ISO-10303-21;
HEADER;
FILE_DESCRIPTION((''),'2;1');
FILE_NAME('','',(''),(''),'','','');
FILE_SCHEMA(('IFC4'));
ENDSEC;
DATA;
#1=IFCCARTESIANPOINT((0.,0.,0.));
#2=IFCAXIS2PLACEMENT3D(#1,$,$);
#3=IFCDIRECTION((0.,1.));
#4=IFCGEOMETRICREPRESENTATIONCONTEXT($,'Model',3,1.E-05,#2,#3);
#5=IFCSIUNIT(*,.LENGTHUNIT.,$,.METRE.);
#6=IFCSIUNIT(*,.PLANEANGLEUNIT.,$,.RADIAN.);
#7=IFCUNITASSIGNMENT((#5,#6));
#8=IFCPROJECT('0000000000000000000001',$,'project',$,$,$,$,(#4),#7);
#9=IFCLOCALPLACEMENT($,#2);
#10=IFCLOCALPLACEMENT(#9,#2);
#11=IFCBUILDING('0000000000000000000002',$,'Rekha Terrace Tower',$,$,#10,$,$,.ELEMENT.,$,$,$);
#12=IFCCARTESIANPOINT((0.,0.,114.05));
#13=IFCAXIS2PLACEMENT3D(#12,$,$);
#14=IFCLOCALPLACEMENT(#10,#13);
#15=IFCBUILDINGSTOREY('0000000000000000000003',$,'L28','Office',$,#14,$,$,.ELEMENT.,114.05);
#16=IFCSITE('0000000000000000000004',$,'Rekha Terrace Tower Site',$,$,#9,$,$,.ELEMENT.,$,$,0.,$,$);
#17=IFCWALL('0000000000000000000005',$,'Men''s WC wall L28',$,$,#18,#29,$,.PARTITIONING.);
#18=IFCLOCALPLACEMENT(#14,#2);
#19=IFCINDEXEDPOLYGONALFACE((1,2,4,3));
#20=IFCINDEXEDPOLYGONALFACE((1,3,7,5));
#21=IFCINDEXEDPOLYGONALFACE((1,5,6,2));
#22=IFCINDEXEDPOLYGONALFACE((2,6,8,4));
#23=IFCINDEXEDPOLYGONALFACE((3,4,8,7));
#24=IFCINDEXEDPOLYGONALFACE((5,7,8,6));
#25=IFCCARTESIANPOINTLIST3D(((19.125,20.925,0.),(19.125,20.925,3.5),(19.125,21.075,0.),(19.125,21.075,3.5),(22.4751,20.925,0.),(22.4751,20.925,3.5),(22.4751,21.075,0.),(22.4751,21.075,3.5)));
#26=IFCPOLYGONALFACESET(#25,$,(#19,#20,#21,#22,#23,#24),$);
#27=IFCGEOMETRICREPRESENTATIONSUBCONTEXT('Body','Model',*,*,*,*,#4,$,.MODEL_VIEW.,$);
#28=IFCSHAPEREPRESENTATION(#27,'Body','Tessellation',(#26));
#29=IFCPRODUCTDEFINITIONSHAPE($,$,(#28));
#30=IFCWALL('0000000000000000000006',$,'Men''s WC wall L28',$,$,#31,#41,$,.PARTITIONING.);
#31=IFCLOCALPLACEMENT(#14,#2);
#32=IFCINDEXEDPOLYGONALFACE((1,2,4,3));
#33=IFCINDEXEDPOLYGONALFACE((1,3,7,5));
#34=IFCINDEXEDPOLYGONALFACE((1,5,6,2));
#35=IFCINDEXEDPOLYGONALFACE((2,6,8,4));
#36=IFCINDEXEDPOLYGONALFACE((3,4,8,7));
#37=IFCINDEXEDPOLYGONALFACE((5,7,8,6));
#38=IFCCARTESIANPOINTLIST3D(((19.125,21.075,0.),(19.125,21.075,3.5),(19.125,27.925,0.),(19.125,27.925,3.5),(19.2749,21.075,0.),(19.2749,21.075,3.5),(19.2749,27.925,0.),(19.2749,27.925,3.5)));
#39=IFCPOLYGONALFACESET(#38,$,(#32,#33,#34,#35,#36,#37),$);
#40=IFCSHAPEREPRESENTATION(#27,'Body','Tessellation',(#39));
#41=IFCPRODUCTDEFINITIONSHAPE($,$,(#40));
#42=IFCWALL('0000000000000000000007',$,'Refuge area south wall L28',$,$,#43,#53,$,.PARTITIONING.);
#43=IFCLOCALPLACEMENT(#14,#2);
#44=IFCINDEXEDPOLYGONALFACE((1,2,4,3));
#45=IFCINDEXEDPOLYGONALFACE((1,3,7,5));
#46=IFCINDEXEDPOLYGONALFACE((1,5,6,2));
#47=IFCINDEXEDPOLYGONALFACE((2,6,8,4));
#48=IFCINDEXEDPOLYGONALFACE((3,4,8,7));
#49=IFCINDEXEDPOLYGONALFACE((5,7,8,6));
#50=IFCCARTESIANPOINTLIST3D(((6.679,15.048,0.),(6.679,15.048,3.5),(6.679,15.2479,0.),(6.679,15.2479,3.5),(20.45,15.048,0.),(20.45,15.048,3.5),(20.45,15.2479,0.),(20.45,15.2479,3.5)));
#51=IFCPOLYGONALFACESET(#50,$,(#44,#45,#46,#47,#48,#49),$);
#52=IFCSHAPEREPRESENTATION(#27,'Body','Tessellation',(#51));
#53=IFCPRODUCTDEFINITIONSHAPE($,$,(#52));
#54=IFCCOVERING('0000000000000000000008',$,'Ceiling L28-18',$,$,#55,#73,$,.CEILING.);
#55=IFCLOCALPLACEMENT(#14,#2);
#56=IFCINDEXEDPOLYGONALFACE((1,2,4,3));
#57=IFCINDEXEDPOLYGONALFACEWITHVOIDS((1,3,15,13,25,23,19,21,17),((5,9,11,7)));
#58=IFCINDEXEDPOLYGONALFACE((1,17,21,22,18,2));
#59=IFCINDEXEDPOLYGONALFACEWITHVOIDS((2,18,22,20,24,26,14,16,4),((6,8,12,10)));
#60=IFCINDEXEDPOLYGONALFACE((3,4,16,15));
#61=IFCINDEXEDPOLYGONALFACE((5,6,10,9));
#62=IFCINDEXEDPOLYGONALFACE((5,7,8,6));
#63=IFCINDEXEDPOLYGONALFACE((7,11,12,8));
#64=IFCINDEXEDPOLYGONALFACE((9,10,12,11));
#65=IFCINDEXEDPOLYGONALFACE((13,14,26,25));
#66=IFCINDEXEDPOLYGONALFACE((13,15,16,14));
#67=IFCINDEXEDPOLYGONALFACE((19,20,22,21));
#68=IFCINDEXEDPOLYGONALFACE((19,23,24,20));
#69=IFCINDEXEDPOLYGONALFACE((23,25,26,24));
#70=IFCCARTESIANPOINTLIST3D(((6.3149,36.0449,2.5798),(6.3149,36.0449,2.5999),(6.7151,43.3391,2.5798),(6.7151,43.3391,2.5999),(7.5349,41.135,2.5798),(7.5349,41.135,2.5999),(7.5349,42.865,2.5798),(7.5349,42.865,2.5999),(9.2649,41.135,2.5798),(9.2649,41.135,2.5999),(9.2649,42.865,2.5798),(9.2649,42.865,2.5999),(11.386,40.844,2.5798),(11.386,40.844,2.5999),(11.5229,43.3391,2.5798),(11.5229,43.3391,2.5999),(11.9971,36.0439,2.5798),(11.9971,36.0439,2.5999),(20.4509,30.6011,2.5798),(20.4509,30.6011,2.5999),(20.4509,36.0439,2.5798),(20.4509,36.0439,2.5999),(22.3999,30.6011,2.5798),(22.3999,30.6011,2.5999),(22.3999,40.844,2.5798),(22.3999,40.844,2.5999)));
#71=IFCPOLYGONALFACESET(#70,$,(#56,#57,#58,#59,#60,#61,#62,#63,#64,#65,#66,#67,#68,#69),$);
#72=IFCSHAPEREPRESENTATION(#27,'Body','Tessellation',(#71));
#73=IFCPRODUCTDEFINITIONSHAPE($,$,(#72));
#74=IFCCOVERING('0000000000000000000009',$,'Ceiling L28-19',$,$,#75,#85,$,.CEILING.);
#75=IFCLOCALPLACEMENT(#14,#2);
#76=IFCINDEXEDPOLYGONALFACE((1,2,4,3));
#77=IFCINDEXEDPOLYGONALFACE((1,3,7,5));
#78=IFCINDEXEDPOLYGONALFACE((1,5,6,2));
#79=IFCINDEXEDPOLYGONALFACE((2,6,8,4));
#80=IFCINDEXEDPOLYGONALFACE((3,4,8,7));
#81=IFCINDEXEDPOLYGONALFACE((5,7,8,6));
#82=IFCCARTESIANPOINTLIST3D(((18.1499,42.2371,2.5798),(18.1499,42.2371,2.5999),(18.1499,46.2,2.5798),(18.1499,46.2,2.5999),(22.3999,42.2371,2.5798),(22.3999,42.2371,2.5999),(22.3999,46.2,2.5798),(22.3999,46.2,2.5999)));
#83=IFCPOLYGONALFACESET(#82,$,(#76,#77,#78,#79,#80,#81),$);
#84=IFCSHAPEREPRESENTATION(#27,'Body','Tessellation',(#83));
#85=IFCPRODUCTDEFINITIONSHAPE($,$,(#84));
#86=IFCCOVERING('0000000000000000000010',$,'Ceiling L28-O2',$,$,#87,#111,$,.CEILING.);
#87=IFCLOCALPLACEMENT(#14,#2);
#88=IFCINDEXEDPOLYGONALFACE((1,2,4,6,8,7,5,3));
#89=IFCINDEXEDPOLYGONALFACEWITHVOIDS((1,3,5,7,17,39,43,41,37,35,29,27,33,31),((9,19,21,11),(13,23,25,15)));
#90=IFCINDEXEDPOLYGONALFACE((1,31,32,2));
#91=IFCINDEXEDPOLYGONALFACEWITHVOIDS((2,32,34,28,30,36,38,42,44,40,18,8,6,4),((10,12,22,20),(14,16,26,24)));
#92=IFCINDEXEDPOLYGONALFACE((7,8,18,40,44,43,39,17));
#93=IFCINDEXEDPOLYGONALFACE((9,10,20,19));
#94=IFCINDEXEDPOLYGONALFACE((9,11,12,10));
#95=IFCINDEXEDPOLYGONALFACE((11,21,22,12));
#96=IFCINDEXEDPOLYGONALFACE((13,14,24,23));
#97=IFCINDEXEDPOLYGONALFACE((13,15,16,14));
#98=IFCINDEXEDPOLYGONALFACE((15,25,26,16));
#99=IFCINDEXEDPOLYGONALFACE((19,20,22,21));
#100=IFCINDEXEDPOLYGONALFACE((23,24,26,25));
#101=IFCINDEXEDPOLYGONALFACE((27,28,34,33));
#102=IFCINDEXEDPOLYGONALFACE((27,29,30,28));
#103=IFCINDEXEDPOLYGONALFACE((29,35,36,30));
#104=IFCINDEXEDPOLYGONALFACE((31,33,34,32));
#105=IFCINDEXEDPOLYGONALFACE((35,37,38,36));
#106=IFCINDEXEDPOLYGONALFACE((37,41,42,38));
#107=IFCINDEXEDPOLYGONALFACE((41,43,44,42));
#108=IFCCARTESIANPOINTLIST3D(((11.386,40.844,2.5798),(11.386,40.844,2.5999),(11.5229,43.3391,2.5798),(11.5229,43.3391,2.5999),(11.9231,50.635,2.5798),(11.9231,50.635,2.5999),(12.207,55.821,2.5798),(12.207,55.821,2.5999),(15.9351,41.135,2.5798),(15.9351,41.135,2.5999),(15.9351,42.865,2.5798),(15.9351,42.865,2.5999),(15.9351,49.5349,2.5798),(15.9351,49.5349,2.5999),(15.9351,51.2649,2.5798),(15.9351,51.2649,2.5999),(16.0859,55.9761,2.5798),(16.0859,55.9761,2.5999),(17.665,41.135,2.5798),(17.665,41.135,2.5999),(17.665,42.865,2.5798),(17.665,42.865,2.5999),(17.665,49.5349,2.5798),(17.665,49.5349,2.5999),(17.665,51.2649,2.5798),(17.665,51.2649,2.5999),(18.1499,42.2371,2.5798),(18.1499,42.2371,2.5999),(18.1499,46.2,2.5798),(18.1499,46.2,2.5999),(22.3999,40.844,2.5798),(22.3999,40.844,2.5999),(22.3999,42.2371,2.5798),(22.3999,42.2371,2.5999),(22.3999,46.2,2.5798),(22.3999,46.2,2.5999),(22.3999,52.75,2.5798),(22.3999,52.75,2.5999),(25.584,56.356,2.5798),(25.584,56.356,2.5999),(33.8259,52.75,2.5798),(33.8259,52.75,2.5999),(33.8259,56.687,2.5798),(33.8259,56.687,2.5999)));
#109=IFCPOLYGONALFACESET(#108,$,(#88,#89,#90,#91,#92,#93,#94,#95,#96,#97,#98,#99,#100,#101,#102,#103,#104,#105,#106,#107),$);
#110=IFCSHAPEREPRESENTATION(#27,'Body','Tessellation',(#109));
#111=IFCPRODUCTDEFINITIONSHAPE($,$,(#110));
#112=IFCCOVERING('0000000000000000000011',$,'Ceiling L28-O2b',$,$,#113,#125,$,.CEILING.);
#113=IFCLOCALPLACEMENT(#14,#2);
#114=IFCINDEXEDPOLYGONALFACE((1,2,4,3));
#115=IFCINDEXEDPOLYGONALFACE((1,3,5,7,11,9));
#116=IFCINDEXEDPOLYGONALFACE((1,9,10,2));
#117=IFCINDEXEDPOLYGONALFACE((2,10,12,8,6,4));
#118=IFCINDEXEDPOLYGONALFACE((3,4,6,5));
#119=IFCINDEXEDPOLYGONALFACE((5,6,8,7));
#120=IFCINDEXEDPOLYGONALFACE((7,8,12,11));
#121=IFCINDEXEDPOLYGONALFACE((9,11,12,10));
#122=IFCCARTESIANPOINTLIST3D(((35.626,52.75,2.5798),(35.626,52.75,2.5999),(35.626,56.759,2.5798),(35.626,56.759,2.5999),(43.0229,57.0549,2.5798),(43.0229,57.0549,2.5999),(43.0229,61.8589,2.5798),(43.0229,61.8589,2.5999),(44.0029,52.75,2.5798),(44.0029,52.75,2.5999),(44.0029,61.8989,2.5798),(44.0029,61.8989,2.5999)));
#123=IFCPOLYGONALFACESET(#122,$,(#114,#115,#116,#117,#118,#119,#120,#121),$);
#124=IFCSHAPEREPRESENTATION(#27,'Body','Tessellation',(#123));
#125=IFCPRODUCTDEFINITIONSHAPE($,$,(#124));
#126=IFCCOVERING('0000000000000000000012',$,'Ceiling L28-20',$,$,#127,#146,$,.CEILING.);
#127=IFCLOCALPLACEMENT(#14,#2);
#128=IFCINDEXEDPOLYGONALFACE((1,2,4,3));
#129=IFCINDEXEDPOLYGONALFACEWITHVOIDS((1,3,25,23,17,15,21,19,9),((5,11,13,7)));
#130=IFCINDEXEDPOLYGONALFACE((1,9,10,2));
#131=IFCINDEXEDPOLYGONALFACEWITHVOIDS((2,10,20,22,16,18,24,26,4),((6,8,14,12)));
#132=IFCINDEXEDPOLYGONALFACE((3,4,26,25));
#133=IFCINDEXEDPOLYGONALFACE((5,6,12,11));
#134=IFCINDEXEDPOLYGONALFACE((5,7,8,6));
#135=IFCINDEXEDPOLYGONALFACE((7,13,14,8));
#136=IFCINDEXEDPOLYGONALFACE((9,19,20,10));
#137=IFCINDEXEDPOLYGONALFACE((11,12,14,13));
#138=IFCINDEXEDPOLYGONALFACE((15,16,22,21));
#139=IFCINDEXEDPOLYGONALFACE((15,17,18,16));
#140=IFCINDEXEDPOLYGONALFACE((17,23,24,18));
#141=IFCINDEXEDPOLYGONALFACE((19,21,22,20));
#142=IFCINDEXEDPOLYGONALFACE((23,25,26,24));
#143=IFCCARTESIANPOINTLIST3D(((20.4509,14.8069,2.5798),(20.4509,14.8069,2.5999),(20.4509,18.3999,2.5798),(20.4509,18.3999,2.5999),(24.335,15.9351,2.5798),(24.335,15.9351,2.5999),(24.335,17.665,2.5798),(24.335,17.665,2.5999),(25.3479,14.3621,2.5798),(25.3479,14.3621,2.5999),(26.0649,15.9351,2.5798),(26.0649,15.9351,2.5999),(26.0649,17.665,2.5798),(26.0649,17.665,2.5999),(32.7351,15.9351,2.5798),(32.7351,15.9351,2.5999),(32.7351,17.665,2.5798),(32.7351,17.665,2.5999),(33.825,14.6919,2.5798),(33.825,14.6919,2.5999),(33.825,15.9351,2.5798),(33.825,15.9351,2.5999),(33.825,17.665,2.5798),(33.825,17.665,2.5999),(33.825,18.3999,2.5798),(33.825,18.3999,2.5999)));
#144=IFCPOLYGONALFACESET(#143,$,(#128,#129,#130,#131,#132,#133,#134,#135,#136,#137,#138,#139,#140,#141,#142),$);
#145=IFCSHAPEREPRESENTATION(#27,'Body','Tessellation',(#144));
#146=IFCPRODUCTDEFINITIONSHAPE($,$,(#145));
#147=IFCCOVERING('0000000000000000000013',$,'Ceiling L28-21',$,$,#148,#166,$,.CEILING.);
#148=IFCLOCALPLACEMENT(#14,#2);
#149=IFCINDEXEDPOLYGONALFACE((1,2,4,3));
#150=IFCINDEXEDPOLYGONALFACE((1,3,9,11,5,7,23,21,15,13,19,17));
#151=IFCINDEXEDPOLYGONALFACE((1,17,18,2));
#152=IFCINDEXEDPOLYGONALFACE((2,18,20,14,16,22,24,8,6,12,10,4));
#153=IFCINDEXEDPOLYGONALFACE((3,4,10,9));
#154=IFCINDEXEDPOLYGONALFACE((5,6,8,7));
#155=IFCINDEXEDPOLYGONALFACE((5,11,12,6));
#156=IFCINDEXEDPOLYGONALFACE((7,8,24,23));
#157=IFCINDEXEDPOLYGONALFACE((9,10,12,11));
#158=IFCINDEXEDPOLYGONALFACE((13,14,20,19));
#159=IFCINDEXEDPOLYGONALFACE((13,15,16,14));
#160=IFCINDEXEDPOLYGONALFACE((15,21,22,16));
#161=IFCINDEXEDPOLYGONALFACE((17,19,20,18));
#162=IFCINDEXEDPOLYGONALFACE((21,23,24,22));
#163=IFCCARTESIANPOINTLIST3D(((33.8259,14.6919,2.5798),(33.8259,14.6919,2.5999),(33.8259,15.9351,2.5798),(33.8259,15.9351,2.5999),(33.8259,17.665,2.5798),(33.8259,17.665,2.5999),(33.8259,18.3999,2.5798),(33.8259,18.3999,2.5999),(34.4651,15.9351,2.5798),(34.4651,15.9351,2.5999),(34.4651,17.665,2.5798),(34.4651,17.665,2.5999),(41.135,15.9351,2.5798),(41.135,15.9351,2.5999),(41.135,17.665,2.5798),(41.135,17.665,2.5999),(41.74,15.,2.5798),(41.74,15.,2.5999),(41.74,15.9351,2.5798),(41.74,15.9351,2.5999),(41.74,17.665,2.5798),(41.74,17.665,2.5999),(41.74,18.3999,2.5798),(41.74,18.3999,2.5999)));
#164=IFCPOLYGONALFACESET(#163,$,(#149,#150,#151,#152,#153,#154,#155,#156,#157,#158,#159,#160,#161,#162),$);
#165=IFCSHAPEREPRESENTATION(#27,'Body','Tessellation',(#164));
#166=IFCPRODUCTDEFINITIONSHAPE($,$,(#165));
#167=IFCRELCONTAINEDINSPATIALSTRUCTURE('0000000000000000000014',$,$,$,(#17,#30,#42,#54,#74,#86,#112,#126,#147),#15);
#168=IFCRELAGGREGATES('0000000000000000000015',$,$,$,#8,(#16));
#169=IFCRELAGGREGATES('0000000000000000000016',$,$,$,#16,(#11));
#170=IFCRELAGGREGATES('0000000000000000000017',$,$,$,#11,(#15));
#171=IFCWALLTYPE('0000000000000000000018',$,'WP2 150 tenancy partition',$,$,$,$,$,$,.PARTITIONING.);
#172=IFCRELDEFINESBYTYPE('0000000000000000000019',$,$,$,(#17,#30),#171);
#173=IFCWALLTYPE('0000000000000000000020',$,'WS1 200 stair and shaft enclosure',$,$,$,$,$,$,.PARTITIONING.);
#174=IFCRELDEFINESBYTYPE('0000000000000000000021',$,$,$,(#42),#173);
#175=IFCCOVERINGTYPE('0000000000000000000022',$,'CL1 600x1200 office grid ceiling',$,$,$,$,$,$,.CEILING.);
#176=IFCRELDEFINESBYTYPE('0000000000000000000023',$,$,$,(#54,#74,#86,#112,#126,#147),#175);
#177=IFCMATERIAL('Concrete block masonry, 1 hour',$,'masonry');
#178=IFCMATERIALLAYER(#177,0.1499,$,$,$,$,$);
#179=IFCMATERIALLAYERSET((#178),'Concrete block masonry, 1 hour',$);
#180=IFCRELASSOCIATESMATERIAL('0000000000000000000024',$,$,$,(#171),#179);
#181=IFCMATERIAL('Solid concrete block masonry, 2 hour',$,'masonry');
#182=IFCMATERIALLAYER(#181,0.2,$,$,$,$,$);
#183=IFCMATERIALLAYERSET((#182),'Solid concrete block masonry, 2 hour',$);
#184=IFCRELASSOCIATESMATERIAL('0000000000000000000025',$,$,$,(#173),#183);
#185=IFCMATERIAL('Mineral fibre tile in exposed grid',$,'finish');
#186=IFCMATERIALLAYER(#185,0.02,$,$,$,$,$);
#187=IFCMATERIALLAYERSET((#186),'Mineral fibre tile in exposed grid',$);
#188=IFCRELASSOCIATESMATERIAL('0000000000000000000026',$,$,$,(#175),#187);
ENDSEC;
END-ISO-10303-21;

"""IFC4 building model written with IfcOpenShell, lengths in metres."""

from ifc_helpers import new_model, si_unit, direction, frame, frame_2d, origin, place, context, subcontext, project, spatial, polyline, rectangle, outline, extrude, material, layer, layer_set, type_object, element, save


model = new_model("IFC4")

# Units and contexts
model_context = context("Model", 3, precision=1e-05, world=origin(), true_north=direction((0.0, 1.0)))
body_context = subcontext(model_context, "Body", "Model", "MODEL_VIEW")
ifc_project = project(units=[si_unit("LENGTHUNIT", "METRE"), si_unit("PLANEANGLEUNIT", "RADIAN")], contexts=[model_context])

# Site, building, storey
site_placement = place(None, origin())
site = spatial("IfcSite", under=ifc_project, at=site_placement, Name="Rekha Terrace Tower Site", CompositionType="ELEMENT", RefElevation=0.0)
building_placement = place(site_placement, origin())
building = spatial("IfcBuilding", under=site, at=building_placement, Name="Rekha Terrace Tower", CompositionType="ELEMENT")
storey_placement = place(building_placement, frame((0.0, 0.0, 114.05)))
storey = spatial("IfcBuildingStorey", under=building, at=storey_placement, Name="L28", Description="Office", CompositionType="ELEMENT", Elevation=114.05)

# Walls
ifc_material_1 = material(Name="Concrete block masonry, 1 hour", Category="masonry")
ifc_layer_1 = layer(ifc_material_1, 0.1499)
ifc_layer_set_1 = layer_set([ifc_layer_1], Name="Concrete block masonry, 1 hour")
wall_type_1 = type_object("IfcWallType", Name="WP2 150 tenancy partition", PredefinedType="PARTITIONING", material=ifc_layer_set_1)
wall_1_placement = place(storey_placement, frame((19.125, 21.0, 0.0), z_axis=(0.0, 0.0, 1.0), x_axis=(1.0, 0.0, 0.0)))
element("IfcWall", 1, at=wall_1_placement, inside=storey, type_object=wall_type_1, Name="Men's WC wall L28", PredefinedType="PARTITIONING", context=body_context, shape_type="SweptSolid", body=[
    extrude(rectangle(XDim=3.3501, YDim=0.1499, at=frame_2d((1.675, 0.0))), origin(), (0.0, 0.0, 1.0), 3.5),
])
wall_2_placement = place(storey_placement, frame((19.2, 21.075, 0.0), z_axis=(0.0, 0.0, 1.0), x_axis=(0.0, 1.0, 0.0)))
element("IfcWall", 2, at=wall_2_placement, inside=storey, type_object=wall_type_1, Name="Men's WC wall L28", PredefinedType="PARTITIONING", context=body_context, shape_type="SweptSolid", body=[
    extrude(rectangle(XDim=6.8501, YDim=0.1499, at=frame_2d((3.425, 0.0))), origin(), (0.0, 0.0, 1.0), 3.5),
])
ifc_material_2 = material(Name="Solid concrete block masonry, 2 hour", Category="masonry")
ifc_layer_2 = layer(ifc_material_2, 0.2)
ifc_layer_set_2 = layer_set([ifc_layer_2], Name="Solid concrete block masonry, 2 hour")
wall_type_2 = type_object("IfcWallType", Name="WS1 200 stair and shaft enclosure", PredefinedType="PARTITIONING", material=ifc_layer_set_2)
wall_3_placement = place(storey_placement, frame((6.679, 15.1479, 0.0), z_axis=(0.0, 0.0, 1.0), x_axis=(1.0, 0.0, 0.0)))
element("IfcWall", 3, at=wall_3_placement, inside=storey, type_object=wall_type_2, Name="Refuge area south wall L28", PredefinedType="PARTITIONING", context=body_context, shape_type="SweptSolid", body=[
    extrude(rectangle(XDim=13.771, YDim=0.2, at=frame_2d((6.8855, 0.0))), origin(), (0.0, 0.0, 1.0), 3.5),
])

# Coverings
ifc_material_3 = material(Name="Mineral fibre tile in exposed grid", Category="finish")
ifc_layer_3 = layer(ifc_material_3, 0.02)
ifc_layer_set_3 = layer_set([ifc_layer_3], Name="Mineral fibre tile in exposed grid")
covering_type_1 = type_object("IfcCoveringType", Name="CL1 600x1200 office grid ceiling", PredefinedType="CEILING", material=ifc_layer_set_3)
covering_1_placement = place(storey_placement, frame((0.0, 0.0, 2.5798)))
element("IfcCovering", 4, at=covering_1_placement, inside=storey, type_object=covering_type_1, Name="Ceiling L28-18", PredefinedType="CEILING", context=body_context, shape_type="SweptSolid", body=[
    extrude(outline(polyline([(20.4509, 30.6011), (22.3999, 30.6011), (22.3999, 40.844), (11.386, 40.844), (11.5229, 43.3391), (6.7151, 43.3391), (6.3149, 36.0449), (11.9971, 36.0439), (20.4509, 36.0439), (20.4509, 30.6011)]), holes=[polyline([(9.2649, 41.135), (7.5349, 41.135), (7.5349, 42.865), (9.2649, 42.865), (9.2649, 41.135)])]), origin(), (0.0, 0.0, 1.0), 0.02),
])
covering_2_placement = place(storey_placement, frame((0.0, 0.0, 2.5798)))
element("IfcCovering", 5, at=covering_2_placement, inside=storey, type_object=covering_type_1, Name="Ceiling L28-19", PredefinedType="CEILING", context=body_context, shape_type="SweptSolid", body=[
    extrude(outline(polyline([(22.3999, 46.2), (18.1499, 46.2), (18.1499, 42.2371), (22.3999, 42.2371), (22.3999, 46.2)])), origin(), (0.0, 0.0, 1.0), 0.02),
])
covering_3_placement = place(storey_placement, frame((0.0, 0.0, 2.5798)))
element("IfcCovering", 6, at=covering_3_placement, inside=storey, type_object=covering_type_1, Name="Ceiling L28-O2", PredefinedType="CEILING", context=body_context, shape_type="SweptSolid", body=[
    extrude(outline(polyline([(11.9231, 50.635), (11.5229, 43.3391), (11.386, 40.844), (22.3999, 40.844), (22.3999, 42.2371), (18.1499, 42.2371), (18.1499, 46.2), (22.3999, 46.2), (22.3999, 52.75), (33.8259, 52.75), (33.8259, 56.687), (25.584, 56.356), (16.0859, 55.9761), (12.207, 55.821), (11.9231, 50.635)]), holes=[polyline([(17.665, 41.135), (15.9351, 41.135), (15.9351, 42.865), (17.665, 42.865), (17.665, 41.135)]), polyline([(17.665, 49.5349), (15.9351, 49.5349), (15.9351, 51.2649), (17.665, 51.2649), (17.665, 49.5349)])]), origin(), (0.0, 0.0, 1.0), 0.02),
])
covering_4_placement = place(storey_placement, frame((0.0, 0.0, 2.5798)))
element("IfcCovering", 7, at=covering_4_placement, inside=storey, type_object=covering_type_1, Name="Ceiling L28-O2b", PredefinedType="CEILING", context=body_context, shape_type="SweptSolid", body=[
    extrude(outline(polyline([(44.0029, 61.8989), (43.0229, 61.8589), (43.0229, 57.0549), (35.626, 56.759), (35.626, 52.75), (44.0029, 52.75), (44.0029, 61.8989)])), origin(), (0.0, 0.0, 1.0), 0.02),
])
covering_5_placement = place(storey_placement, frame((0.0, 0.0, 2.5798)))
element("IfcCovering", 8, at=covering_5_placement, inside=storey, type_object=covering_type_1, Name="Ceiling L28-20", PredefinedType="CEILING", context=body_context, shape_type="SweptSolid", body=[
    extrude(outline(polyline([(33.825, 17.665), (33.825, 18.3999), (20.4509, 18.3999), (20.4509, 14.8069), (25.3479, 14.3621), (33.825, 14.6919), (33.825, 15.9351), (32.7351, 15.9351), (32.7351, 17.665), (33.825, 17.665)]), holes=[polyline([(26.0649, 17.665), (26.0649, 15.9351), (24.335, 15.9351), (24.335, 17.665), (26.0649, 17.665)])]), origin(), (0.0, 0.0, 1.0), 0.02),
])
covering_6_placement = place(storey_placement, frame((0.0, 0.0, 2.5798)))
element("IfcCovering", 9, at=covering_6_placement, inside=storey, type_object=covering_type_1, Name="Ceiling L28-21", PredefinedType="CEILING", context=body_context, shape_type="SweptSolid", body=[
    extrude(outline(polyline([(33.8259, 15.9351), (33.8259, 14.6919), (41.74, 15.0), (41.74, 15.9351), (41.135, 15.9351), (41.135, 17.665), (41.74, 17.665), (41.74, 18.3999), (33.8259, 18.3999), (33.8259, 17.665), (34.4651, 17.665), (34.4651, 15.9351), (33.8259, 15.9351)])), origin(), (0.0, 0.0, 1.0), 0.02),
])

save(model, "model.ifc")
